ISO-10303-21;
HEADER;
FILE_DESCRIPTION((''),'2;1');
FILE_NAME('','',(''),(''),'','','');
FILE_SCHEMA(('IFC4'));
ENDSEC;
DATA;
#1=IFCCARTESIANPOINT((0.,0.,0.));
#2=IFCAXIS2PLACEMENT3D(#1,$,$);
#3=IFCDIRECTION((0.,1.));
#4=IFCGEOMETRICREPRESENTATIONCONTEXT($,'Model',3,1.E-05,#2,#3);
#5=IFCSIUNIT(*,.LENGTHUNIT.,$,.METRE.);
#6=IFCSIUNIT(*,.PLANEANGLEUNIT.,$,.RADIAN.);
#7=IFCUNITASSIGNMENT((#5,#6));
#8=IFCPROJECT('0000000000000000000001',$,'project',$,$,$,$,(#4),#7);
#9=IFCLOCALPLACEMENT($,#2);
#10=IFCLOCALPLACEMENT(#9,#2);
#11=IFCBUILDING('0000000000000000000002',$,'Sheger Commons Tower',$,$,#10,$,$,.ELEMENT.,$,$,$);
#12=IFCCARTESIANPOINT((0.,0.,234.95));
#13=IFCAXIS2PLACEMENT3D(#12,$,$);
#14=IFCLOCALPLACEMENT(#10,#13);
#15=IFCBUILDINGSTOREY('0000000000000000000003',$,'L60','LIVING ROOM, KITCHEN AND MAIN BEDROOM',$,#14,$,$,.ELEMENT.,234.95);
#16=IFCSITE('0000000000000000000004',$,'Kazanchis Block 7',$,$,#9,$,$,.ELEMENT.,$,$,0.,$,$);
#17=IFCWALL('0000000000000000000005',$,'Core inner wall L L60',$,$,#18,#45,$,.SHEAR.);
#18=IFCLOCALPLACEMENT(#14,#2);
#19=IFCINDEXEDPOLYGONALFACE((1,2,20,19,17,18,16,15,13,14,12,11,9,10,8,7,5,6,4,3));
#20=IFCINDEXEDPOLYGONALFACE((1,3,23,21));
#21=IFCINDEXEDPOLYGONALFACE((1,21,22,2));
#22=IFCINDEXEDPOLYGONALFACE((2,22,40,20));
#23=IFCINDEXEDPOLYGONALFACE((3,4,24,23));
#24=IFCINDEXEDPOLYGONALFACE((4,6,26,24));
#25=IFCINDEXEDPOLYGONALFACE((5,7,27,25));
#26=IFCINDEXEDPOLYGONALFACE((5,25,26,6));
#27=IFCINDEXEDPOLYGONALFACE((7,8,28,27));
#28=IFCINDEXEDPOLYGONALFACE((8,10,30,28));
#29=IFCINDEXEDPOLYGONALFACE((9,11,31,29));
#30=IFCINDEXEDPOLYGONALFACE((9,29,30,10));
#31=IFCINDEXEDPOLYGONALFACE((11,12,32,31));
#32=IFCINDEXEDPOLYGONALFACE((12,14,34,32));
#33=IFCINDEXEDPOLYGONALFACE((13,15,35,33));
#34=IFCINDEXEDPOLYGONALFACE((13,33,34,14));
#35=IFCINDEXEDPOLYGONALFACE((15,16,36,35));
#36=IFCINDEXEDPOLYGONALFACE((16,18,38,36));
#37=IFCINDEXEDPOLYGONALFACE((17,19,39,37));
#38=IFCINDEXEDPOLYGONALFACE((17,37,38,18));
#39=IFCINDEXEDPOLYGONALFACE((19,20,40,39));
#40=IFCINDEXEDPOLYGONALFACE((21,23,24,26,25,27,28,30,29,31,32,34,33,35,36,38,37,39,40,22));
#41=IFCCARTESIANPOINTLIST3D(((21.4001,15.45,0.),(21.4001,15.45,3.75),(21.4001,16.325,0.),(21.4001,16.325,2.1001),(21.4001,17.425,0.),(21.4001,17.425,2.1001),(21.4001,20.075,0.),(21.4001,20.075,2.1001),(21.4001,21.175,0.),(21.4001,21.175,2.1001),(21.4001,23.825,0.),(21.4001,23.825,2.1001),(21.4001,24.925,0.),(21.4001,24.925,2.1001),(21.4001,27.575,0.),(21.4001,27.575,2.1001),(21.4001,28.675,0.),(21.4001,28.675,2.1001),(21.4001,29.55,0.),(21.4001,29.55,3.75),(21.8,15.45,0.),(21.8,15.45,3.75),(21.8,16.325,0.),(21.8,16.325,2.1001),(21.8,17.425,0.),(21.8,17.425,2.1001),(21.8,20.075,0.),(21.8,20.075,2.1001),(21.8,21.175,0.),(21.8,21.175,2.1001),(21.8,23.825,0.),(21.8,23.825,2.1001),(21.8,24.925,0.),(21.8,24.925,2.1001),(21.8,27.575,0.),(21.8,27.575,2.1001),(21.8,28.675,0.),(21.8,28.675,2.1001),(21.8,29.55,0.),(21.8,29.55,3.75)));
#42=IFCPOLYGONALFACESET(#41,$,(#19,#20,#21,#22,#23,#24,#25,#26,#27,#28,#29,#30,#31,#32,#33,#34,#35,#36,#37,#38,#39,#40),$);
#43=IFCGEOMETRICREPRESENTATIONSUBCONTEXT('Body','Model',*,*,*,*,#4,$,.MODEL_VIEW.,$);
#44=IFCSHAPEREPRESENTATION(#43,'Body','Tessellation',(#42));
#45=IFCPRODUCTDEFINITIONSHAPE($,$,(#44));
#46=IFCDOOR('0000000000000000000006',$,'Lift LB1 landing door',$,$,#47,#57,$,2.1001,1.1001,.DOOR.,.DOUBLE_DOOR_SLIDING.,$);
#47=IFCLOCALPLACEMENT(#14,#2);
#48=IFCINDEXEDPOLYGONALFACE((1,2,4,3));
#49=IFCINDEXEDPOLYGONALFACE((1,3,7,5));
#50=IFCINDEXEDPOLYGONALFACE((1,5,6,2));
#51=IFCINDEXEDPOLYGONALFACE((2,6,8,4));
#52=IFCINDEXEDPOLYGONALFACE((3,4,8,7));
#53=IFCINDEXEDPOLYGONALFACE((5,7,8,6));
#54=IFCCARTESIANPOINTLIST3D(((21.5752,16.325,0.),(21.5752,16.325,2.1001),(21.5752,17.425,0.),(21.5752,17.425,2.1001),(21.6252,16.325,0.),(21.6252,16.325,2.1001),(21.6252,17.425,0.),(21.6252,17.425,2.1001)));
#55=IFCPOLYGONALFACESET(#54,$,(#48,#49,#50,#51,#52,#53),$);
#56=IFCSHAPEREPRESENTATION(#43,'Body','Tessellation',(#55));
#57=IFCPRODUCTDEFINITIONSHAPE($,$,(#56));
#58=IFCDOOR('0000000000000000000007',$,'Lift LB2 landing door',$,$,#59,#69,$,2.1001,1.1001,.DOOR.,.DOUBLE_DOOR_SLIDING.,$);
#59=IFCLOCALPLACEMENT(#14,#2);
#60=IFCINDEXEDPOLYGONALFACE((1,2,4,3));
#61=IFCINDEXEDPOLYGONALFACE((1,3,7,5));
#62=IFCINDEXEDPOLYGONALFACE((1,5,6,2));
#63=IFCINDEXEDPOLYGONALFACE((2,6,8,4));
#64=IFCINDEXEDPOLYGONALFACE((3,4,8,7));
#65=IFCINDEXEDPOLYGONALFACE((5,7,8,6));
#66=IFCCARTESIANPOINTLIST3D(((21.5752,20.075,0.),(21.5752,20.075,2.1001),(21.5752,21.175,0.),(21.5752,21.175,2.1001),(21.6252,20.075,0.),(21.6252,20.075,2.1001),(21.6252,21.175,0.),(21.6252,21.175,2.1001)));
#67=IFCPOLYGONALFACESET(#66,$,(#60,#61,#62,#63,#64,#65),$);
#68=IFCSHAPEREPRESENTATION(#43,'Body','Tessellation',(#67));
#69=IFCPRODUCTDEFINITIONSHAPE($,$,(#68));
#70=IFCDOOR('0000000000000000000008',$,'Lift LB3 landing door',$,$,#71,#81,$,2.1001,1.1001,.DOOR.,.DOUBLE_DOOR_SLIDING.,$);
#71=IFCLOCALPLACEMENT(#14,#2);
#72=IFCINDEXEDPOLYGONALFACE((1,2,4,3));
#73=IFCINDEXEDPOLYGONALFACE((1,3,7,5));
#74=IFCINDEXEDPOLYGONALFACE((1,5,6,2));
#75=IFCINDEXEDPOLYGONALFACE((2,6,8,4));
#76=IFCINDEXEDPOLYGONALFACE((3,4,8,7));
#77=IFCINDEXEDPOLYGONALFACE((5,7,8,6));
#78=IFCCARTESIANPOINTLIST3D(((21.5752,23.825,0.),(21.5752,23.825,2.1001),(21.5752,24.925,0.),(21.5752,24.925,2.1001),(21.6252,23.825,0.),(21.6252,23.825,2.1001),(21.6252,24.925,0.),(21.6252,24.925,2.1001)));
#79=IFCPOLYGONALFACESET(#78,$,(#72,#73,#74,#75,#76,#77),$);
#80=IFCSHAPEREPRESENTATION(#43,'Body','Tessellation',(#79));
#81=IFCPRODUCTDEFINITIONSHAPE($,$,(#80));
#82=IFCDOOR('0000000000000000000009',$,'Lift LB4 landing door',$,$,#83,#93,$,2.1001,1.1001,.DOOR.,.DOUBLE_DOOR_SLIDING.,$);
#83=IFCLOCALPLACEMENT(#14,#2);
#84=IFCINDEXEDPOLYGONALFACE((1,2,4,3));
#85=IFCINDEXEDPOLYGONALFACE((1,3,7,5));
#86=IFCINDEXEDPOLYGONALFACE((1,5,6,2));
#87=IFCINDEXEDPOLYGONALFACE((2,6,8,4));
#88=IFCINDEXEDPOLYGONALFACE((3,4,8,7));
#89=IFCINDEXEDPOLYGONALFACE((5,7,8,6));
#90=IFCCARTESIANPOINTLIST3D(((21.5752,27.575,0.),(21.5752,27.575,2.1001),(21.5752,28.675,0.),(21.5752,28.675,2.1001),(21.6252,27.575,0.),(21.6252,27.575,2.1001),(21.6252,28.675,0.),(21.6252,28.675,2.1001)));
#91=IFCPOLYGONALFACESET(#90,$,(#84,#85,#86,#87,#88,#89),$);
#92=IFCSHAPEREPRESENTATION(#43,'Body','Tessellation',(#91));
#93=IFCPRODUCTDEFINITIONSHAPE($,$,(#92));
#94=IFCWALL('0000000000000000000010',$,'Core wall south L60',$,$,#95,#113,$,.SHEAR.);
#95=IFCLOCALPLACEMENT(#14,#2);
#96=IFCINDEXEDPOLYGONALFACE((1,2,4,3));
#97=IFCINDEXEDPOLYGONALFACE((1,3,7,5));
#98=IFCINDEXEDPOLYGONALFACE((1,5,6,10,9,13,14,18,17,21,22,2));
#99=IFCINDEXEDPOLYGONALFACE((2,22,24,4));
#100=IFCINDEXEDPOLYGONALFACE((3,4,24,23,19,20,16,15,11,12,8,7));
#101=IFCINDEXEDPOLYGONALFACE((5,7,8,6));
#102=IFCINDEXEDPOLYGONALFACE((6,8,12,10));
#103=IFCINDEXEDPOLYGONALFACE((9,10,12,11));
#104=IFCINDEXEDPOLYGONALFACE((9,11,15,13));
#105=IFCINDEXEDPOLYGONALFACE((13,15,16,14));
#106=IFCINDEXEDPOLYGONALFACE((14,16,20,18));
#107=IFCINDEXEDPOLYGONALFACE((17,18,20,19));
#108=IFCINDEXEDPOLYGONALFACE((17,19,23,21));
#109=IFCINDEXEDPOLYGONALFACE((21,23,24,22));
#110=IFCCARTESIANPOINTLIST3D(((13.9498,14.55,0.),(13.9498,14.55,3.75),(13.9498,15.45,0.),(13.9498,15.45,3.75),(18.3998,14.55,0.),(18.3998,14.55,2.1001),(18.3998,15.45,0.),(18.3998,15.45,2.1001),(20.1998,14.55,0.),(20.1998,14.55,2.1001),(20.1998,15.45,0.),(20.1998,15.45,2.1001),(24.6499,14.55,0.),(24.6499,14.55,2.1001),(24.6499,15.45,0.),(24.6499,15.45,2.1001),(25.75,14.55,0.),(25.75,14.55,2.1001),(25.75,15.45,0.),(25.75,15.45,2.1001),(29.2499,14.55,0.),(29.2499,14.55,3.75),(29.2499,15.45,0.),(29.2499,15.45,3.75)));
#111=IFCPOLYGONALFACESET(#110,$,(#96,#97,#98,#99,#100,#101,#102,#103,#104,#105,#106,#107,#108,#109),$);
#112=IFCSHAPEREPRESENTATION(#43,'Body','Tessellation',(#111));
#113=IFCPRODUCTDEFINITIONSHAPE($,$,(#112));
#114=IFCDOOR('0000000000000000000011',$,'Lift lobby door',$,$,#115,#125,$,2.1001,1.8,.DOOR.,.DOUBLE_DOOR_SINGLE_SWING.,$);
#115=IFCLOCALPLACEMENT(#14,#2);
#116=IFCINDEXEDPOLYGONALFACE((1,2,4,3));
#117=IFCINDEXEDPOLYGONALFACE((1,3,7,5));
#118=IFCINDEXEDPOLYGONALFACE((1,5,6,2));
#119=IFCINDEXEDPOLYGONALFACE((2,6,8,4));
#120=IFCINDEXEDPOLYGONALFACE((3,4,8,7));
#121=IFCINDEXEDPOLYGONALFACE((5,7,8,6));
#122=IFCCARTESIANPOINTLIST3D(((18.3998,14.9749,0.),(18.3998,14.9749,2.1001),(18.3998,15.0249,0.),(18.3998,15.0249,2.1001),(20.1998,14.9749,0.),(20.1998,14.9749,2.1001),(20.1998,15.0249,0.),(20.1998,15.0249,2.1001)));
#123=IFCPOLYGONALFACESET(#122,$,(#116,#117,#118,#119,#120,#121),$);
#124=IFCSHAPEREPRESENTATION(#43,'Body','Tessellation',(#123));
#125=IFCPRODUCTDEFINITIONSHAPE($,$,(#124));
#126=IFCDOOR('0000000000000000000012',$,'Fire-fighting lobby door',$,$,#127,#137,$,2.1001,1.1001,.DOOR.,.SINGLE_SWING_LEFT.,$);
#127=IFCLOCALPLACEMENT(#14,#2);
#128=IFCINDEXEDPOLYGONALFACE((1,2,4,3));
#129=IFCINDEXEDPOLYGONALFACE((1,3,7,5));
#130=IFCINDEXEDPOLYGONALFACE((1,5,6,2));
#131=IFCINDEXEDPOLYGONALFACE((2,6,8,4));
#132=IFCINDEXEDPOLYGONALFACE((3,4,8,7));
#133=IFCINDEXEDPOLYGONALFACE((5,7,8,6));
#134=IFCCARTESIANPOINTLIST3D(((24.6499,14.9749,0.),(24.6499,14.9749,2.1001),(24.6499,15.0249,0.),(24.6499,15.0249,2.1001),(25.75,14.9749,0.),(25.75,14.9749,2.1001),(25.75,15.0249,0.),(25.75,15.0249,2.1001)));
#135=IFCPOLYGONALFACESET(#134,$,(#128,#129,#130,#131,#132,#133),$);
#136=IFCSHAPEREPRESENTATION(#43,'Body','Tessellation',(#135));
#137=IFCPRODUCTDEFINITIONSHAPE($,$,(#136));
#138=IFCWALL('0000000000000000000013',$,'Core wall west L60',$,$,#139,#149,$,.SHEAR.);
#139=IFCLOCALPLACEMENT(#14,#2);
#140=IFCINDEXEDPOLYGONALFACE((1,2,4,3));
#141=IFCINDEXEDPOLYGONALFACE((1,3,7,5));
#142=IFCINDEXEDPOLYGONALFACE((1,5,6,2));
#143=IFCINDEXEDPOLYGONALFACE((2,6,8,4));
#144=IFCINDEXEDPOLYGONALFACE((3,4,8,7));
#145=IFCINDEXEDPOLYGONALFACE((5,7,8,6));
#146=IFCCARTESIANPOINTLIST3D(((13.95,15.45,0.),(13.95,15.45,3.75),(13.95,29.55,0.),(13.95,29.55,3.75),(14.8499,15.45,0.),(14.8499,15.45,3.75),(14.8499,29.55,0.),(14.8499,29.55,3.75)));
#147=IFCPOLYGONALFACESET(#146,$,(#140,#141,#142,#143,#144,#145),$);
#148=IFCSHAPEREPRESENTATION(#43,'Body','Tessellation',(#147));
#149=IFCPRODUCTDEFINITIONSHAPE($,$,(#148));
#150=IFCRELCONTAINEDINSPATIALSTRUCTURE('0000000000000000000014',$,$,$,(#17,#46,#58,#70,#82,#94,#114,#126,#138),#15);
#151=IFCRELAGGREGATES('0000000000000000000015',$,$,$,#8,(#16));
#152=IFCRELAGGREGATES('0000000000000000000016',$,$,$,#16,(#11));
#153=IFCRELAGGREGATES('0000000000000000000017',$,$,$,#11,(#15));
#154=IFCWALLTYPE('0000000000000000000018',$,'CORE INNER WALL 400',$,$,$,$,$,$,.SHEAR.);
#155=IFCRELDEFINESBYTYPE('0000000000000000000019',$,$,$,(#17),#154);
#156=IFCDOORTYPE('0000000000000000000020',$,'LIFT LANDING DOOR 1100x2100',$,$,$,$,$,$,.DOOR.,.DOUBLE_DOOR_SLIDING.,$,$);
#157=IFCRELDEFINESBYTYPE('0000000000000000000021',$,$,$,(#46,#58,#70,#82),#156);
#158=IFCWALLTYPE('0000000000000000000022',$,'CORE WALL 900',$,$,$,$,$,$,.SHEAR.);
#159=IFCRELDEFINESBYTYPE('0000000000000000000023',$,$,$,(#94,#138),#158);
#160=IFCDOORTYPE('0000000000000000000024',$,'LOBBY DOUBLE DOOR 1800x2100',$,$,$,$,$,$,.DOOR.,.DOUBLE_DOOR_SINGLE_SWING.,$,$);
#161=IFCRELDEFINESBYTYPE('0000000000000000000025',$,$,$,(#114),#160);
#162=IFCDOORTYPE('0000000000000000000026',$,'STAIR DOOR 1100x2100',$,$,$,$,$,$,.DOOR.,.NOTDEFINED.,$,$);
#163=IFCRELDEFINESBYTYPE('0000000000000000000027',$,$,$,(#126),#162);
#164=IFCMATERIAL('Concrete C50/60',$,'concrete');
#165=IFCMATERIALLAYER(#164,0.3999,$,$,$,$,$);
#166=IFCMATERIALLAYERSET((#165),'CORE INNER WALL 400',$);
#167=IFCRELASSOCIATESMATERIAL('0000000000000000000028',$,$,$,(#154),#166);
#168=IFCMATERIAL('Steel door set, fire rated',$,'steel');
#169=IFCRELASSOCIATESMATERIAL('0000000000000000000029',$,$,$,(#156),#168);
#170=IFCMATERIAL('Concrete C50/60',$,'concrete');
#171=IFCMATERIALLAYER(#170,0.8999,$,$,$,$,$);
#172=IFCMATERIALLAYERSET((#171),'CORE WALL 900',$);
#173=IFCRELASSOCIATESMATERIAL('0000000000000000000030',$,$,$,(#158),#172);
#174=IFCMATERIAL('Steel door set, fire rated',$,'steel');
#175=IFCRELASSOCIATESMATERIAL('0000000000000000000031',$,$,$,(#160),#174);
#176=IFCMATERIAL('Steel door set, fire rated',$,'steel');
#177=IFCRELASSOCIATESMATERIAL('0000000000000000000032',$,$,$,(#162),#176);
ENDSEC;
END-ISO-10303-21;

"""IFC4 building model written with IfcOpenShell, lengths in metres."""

from ifc_helpers import new_model, si_unit, direction, frame, frame_2d, origin, place, context, subcontext, project, spatial, rectangle, extrude, material, layer, layer_set, type_object, element, fill, save


model = new_model("IFC4")

# Units and contexts
model_context = context("Model", 3, precision=1e-05, world=origin(), true_north=direction((0.0, 1.0)))
body_context = subcontext(model_context, "Body", "Model", "MODEL_VIEW")
ifc_project = project(units=[si_unit("LENGTHUNIT", "METRE"), si_unit("PLANEANGLEUNIT", "RADIAN")], contexts=[model_context])

# Site, building, storey
site_placement = place(None, origin())
site = spatial("IfcSite", under=ifc_project, at=site_placement, Name="Kazanchis Block 7", CompositionType="ELEMENT", RefElevation=0.0)
building_placement = place(site_placement, origin())
building = spatial("IfcBuilding", under=site, at=building_placement, Name="Sheger Commons Tower", CompositionType="ELEMENT")
storey_placement = place(building_placement, frame((0.0, 0.0, 234.95)))
storey = spatial("IfcBuildingStorey", under=building, at=storey_placement, Name="L60", Description="LIVING ROOM, KITCHEN AND MAIN BEDROOM", CompositionType="ELEMENT", Elevation=234.95)

# Walls, openings, doors
ifc_material_1 = material(Name="Concrete C50/60", Category="concrete")
ifc_layer_1 = layer(ifc_material_1, 0.3999)
ifc_layer_set_1 = layer_set([ifc_layer_1], Name="CORE INNER WALL 400")
wall_type_1 = type_object("IfcWallType", Name="CORE INNER WALL 400", PredefinedType="SHEAR", material=ifc_layer_set_1)
wall_1_placement = place(storey_placement, frame((21.6001, 15.45, 0.0), z_axis=(0.0, 0.0, 1.0), x_axis=(0.0, 1.0, 0.0)))
wall_1 = element("IfcWall", 1, at=wall_1_placement, inside=storey, type_object=wall_type_1, Name="Core inner wall L L60", PredefinedType="SHEAR", context=body_context, shape_type="SweptSolid", body=[
    extrude(rectangle(XDim=14.1001, YDim=0.3999, at=frame_2d((7.05, 0.0))), origin(), (0.0, 0.0, 1.0), 3.75),
])
opening_1_placement = place(wall_1_placement, frame((0.875, 0.0, 0.0)))
opening_1 = element("IfcOpeningElement", 2, at=opening_1_placement, cuts=wall_1, PredefinedType="OPENING", context=body_context, shape_type="SweptSolid", body=[
    extrude(rectangle(XDim=1.1001, YDim=2.1001, at=frame_2d((0.55, 1.05))), frame((0.0, 0.21, 0.0), z_axis=(0.0, -1.0, 0.0), x_axis=(1.0, 0.0, 0.0)), (0.0, 0.0, 1.0), 0.4199),
])
opening_2_placement = place(wall_1_placement, frame((4.625, 0.0, 0.0)))
opening_2 = element("IfcOpeningElement", 3, at=opening_2_placement, cuts=wall_1, PredefinedType="OPENING", context=body_context, shape_type="SweptSolid", body=[
    extrude(rectangle(XDim=1.1001, YDim=2.1001, at=frame_2d((0.55, 1.05))), frame((0.0, 0.21, 0.0), z_axis=(0.0, -1.0, 0.0), x_axis=(1.0, 0.0, 0.0)), (0.0, 0.0, 1.0), 0.4199),
])
opening_3_placement = place(wall_1_placement, frame((8.375, 0.0, 0.0)))
opening_3 = element("IfcOpeningElement", 4, at=opening_3_placement, cuts=wall_1, PredefinedType="OPENING", context=body_context, shape_type="SweptSolid", body=[
    extrude(rectangle(XDim=1.1001, YDim=2.1001, at=frame_2d((0.55, 1.05))), frame((0.0, 0.21, 0.0), z_axis=(0.0, -1.0, 0.0), x_axis=(1.0, 0.0, 0.0)), (0.0, 0.0, 1.0), 0.4199),
])
opening_4_placement = place(wall_1_placement, frame((12.125, 0.0, 0.0)))
opening_4 = element("IfcOpeningElement", 5, at=opening_4_placement, cuts=wall_1, PredefinedType="OPENING", context=body_context, shape_type="SweptSolid", body=[
    extrude(rectangle(XDim=1.1001, YDim=2.1001, at=frame_2d((0.55, 1.05))), frame((0.0, 0.21, 0.0), z_axis=(0.0, -1.0, 0.0), x_axis=(1.0, 0.0, 0.0)), (0.0, 0.0, 1.0), 0.4199),
])
ifc_material_2 = material(Name="Steel door set, fire rated", Category="steel")
door_type_1 = type_object("IfcDoorType", Name="LIFT LANDING DOOR 1100x2100", OperationType="DOUBLE_DOOR_SLIDING", PredefinedType="DOOR", material=ifc_material_2)
door_1_placement = place(opening_1_placement, origin())
door_1 = element("IfcDoor", 6, at=door_1_placement, inside=storey, type_object=door_type_1, Name="Lift LB1 landing door", OperationType="DOUBLE_DOOR_SLIDING", OverallHeight=2.1001, OverallWidth=1.1001, PredefinedType="DOOR", context=body_context, shape_type="SweptSolid", body=[
    extrude(rectangle(XDim=1.1001, YDim=2.1001, at=frame_2d((0.55, 1.05))), frame((0.0, 0.0249, 0.0), z_axis=(0.0, -1.0, 0.0), x_axis=(1.0, 0.0, 0.0)), (0.0, 0.0, 1.0), 0.05),
])
fill(opening_1, door_1)
door_2_placement = place(opening_2_placement, origin())
door_2 = element("IfcDoor", 7, at=door_2_placement, inside=storey, type_object=door_type_1, Name="Lift LB2 landing door", OperationType="DOUBLE_DOOR_SLIDING", OverallHeight=2.1001, OverallWidth=1.1001, PredefinedType="DOOR", context=body_context, shape_type="SweptSolid", body=[
    extrude(rectangle(XDim=1.1001, YDim=2.1001, at=frame_2d((0.55, 1.05))), frame((0.0, 0.0249, 0.0), z_axis=(0.0, -1.0, 0.0), x_axis=(1.0, 0.0, 0.0)), (0.0, 0.0, 1.0), 0.05),
])
fill(opening_2, door_2)
door_3_placement = place(opening_3_placement, origin())
door_3 = element("IfcDoor", 8, at=door_3_placement, inside=storey, type_object=door_type_1, Name="Lift LB3 landing door", OperationType="DOUBLE_DOOR_SLIDING", OverallHeight=2.1001, OverallWidth=1.1001, PredefinedType="DOOR", context=body_context, shape_type="SweptSolid", body=[
    extrude(rectangle(XDim=1.1001, YDim=2.1001, at=frame_2d((0.55, 1.05))), frame((0.0, 0.0249, 0.0), z_axis=(0.0, -1.0, 0.0), x_axis=(1.0, 0.0, 0.0)), (0.0, 0.0, 1.0), 0.05),
])
fill(opening_3, door_3)
door_4_placement = place(opening_4_placement, origin())
door_4 = element("IfcDoor", 9, at=door_4_placement, inside=storey, type_object=door_type_1, Name="Lift LB4 landing door", OperationType="DOUBLE_DOOR_SLIDING", OverallHeight=2.1001, OverallWidth=1.1001, PredefinedType="DOOR", context=body_context, shape_type="SweptSolid", body=[
    extrude(rectangle(XDim=1.1001, YDim=2.1001, at=frame_2d((0.55, 1.05))), frame((0.0, 0.0249, 0.0), z_axis=(0.0, -1.0, 0.0), x_axis=(1.0, 0.0, 0.0)), (0.0, 0.0, 1.0), 0.05),
])
fill(opening_4, door_4)
ifc_material_3 = material(Name="Concrete C50/60", Category="concrete")
ifc_layer_2 = layer(ifc_material_3, 0.8999)
ifc_layer_set_2 = layer_set([ifc_layer_2], Name="CORE WALL 900")
wall_type_2 = type_object("IfcWallType", Name="CORE WALL 900", PredefinedType="SHEAR", material=ifc_layer_set_2)
wall_2_placement = place(storey_placement, frame((13.95, 15.0, 0.0), z_axis=(0.0, 0.0, 1.0), x_axis=(1.0, 0.0, 0.0)))
wall_2 = element("IfcWall", 10, at=wall_2_placement, inside=storey, type_object=wall_type_2, Name="Core wall south L60", PredefinedType="SHEAR", context=body_context, shape_type="SweptSolid", body=[
    extrude(rectangle(XDim=15.3, YDim=0.8999, at=frame_2d((7.6499, 0.0))), origin(), (0.0, 0.0, 1.0), 3.75),
])
opening_5_placement = place(wall_2_placement, frame((4.45, 0.0, 0.0)))
opening_5 = element("IfcOpeningElement", 11, at=opening_5_placement, cuts=wall_2, PredefinedType="OPENING", context=body_context, shape_type="SweptSolid", body=[
    extrude(rectangle(XDim=1.8, YDim=2.1001, at=frame_2d((0.8999, 1.05))), frame((0.0, 0.46, 0.0), z_axis=(0.0, -1.0, 0.0), x_axis=(1.0, 0.0, 0.0)), (0.0, 0.0, 1.0), 0.9199),
])
opening_6_placement = place(wall_2_placement, frame((10.7, 0.0, 0.0)))
opening_6 = element("IfcOpeningElement", 12, at=opening_6_placement, cuts=wall_2, PredefinedType="OPENING", context=body_context, shape_type="SweptSolid", body=[
    extrude(rectangle(XDim=1.1001, YDim=2.1001, at=frame_2d((0.55, 1.05))), frame((0.0, 0.46, 0.0), z_axis=(0.0, -1.0, 0.0), x_axis=(1.0, 0.0, 0.0)), (0.0, 0.0, 1.0), 0.9199),
])
ifc_material_4 = material(Name="Steel door set, fire rated", Category="steel")
door_type_2 = type_object("IfcDoorType", Name="LOBBY DOUBLE DOOR 1800x2100", OperationType="DOUBLE_DOOR_SINGLE_SWING", PredefinedType="DOOR", material=ifc_material_4)
door_5_placement = place(opening_5_placement, origin())
door_5 = element("IfcDoor", 13, at=door_5_placement, inside=storey, type_object=door_type_2, Name="Lift lobby door", OperationType="DOUBLE_DOOR_SINGLE_SWING", OverallHeight=2.1001, OverallWidth=1.8, PredefinedType="DOOR", context=body_context, shape_type="SweptSolid", body=[
    extrude(rectangle(XDim=1.8, YDim=2.1001, at=frame_2d((0.8999, 1.05))), frame((0.0, 0.0249, 0.0), z_axis=(0.0, -1.0, 0.0), x_axis=(1.0, 0.0, 0.0)), (0.0, 0.0, 1.0), 0.05),
])
fill(opening_5, door_5)
ifc_material_5 = material(Name="Steel door set, fire rated", Category="steel")
door_type_3 = type_object("IfcDoorType", Name="STAIR DOOR 1100x2100", OperationType="NOTDEFINED", PredefinedType="DOOR", material=ifc_material_5)
door_6_placement = place(opening_6_placement, origin())
door_6 = element("IfcDoor", 14, at=door_6_placement, inside=storey, type_object=door_type_3, Name="Fire-fighting lobby door", OperationType="SINGLE_SWING_LEFT", OverallHeight=2.1001, OverallWidth=1.1001, PredefinedType="DOOR", context=body_context, shape_type="SweptSolid", body=[
    extrude(rectangle(XDim=1.1001, YDim=2.1001, at=frame_2d((0.55, 1.05))), frame((0.0, 0.0249, 0.0), z_axis=(0.0, -1.0, 0.0), x_axis=(1.0, 0.0, 0.0)), (0.0, 0.0, 1.0), 0.05),
])
fill(opening_6, door_6)

# Wall
wall_3_placement = place(storey_placement, frame((14.3999, 15.45, 0.0), z_axis=(0.0, 0.0, 1.0), x_axis=(0.0, 1.0, 0.0)))
element("IfcWall", 15, at=wall_3_placement, inside=storey, type_object=wall_type_2, Name="Core wall west L60", PredefinedType="SHEAR", context=body_context, shape_type="SweptSolid", body=[
    extrude(rectangle(XDim=14.1001, YDim=0.8999, at=frame_2d((7.05, 0.0))), origin(), (0.0, 0.0, 1.0), 3.75),
])

save(model, "model.ifc")
